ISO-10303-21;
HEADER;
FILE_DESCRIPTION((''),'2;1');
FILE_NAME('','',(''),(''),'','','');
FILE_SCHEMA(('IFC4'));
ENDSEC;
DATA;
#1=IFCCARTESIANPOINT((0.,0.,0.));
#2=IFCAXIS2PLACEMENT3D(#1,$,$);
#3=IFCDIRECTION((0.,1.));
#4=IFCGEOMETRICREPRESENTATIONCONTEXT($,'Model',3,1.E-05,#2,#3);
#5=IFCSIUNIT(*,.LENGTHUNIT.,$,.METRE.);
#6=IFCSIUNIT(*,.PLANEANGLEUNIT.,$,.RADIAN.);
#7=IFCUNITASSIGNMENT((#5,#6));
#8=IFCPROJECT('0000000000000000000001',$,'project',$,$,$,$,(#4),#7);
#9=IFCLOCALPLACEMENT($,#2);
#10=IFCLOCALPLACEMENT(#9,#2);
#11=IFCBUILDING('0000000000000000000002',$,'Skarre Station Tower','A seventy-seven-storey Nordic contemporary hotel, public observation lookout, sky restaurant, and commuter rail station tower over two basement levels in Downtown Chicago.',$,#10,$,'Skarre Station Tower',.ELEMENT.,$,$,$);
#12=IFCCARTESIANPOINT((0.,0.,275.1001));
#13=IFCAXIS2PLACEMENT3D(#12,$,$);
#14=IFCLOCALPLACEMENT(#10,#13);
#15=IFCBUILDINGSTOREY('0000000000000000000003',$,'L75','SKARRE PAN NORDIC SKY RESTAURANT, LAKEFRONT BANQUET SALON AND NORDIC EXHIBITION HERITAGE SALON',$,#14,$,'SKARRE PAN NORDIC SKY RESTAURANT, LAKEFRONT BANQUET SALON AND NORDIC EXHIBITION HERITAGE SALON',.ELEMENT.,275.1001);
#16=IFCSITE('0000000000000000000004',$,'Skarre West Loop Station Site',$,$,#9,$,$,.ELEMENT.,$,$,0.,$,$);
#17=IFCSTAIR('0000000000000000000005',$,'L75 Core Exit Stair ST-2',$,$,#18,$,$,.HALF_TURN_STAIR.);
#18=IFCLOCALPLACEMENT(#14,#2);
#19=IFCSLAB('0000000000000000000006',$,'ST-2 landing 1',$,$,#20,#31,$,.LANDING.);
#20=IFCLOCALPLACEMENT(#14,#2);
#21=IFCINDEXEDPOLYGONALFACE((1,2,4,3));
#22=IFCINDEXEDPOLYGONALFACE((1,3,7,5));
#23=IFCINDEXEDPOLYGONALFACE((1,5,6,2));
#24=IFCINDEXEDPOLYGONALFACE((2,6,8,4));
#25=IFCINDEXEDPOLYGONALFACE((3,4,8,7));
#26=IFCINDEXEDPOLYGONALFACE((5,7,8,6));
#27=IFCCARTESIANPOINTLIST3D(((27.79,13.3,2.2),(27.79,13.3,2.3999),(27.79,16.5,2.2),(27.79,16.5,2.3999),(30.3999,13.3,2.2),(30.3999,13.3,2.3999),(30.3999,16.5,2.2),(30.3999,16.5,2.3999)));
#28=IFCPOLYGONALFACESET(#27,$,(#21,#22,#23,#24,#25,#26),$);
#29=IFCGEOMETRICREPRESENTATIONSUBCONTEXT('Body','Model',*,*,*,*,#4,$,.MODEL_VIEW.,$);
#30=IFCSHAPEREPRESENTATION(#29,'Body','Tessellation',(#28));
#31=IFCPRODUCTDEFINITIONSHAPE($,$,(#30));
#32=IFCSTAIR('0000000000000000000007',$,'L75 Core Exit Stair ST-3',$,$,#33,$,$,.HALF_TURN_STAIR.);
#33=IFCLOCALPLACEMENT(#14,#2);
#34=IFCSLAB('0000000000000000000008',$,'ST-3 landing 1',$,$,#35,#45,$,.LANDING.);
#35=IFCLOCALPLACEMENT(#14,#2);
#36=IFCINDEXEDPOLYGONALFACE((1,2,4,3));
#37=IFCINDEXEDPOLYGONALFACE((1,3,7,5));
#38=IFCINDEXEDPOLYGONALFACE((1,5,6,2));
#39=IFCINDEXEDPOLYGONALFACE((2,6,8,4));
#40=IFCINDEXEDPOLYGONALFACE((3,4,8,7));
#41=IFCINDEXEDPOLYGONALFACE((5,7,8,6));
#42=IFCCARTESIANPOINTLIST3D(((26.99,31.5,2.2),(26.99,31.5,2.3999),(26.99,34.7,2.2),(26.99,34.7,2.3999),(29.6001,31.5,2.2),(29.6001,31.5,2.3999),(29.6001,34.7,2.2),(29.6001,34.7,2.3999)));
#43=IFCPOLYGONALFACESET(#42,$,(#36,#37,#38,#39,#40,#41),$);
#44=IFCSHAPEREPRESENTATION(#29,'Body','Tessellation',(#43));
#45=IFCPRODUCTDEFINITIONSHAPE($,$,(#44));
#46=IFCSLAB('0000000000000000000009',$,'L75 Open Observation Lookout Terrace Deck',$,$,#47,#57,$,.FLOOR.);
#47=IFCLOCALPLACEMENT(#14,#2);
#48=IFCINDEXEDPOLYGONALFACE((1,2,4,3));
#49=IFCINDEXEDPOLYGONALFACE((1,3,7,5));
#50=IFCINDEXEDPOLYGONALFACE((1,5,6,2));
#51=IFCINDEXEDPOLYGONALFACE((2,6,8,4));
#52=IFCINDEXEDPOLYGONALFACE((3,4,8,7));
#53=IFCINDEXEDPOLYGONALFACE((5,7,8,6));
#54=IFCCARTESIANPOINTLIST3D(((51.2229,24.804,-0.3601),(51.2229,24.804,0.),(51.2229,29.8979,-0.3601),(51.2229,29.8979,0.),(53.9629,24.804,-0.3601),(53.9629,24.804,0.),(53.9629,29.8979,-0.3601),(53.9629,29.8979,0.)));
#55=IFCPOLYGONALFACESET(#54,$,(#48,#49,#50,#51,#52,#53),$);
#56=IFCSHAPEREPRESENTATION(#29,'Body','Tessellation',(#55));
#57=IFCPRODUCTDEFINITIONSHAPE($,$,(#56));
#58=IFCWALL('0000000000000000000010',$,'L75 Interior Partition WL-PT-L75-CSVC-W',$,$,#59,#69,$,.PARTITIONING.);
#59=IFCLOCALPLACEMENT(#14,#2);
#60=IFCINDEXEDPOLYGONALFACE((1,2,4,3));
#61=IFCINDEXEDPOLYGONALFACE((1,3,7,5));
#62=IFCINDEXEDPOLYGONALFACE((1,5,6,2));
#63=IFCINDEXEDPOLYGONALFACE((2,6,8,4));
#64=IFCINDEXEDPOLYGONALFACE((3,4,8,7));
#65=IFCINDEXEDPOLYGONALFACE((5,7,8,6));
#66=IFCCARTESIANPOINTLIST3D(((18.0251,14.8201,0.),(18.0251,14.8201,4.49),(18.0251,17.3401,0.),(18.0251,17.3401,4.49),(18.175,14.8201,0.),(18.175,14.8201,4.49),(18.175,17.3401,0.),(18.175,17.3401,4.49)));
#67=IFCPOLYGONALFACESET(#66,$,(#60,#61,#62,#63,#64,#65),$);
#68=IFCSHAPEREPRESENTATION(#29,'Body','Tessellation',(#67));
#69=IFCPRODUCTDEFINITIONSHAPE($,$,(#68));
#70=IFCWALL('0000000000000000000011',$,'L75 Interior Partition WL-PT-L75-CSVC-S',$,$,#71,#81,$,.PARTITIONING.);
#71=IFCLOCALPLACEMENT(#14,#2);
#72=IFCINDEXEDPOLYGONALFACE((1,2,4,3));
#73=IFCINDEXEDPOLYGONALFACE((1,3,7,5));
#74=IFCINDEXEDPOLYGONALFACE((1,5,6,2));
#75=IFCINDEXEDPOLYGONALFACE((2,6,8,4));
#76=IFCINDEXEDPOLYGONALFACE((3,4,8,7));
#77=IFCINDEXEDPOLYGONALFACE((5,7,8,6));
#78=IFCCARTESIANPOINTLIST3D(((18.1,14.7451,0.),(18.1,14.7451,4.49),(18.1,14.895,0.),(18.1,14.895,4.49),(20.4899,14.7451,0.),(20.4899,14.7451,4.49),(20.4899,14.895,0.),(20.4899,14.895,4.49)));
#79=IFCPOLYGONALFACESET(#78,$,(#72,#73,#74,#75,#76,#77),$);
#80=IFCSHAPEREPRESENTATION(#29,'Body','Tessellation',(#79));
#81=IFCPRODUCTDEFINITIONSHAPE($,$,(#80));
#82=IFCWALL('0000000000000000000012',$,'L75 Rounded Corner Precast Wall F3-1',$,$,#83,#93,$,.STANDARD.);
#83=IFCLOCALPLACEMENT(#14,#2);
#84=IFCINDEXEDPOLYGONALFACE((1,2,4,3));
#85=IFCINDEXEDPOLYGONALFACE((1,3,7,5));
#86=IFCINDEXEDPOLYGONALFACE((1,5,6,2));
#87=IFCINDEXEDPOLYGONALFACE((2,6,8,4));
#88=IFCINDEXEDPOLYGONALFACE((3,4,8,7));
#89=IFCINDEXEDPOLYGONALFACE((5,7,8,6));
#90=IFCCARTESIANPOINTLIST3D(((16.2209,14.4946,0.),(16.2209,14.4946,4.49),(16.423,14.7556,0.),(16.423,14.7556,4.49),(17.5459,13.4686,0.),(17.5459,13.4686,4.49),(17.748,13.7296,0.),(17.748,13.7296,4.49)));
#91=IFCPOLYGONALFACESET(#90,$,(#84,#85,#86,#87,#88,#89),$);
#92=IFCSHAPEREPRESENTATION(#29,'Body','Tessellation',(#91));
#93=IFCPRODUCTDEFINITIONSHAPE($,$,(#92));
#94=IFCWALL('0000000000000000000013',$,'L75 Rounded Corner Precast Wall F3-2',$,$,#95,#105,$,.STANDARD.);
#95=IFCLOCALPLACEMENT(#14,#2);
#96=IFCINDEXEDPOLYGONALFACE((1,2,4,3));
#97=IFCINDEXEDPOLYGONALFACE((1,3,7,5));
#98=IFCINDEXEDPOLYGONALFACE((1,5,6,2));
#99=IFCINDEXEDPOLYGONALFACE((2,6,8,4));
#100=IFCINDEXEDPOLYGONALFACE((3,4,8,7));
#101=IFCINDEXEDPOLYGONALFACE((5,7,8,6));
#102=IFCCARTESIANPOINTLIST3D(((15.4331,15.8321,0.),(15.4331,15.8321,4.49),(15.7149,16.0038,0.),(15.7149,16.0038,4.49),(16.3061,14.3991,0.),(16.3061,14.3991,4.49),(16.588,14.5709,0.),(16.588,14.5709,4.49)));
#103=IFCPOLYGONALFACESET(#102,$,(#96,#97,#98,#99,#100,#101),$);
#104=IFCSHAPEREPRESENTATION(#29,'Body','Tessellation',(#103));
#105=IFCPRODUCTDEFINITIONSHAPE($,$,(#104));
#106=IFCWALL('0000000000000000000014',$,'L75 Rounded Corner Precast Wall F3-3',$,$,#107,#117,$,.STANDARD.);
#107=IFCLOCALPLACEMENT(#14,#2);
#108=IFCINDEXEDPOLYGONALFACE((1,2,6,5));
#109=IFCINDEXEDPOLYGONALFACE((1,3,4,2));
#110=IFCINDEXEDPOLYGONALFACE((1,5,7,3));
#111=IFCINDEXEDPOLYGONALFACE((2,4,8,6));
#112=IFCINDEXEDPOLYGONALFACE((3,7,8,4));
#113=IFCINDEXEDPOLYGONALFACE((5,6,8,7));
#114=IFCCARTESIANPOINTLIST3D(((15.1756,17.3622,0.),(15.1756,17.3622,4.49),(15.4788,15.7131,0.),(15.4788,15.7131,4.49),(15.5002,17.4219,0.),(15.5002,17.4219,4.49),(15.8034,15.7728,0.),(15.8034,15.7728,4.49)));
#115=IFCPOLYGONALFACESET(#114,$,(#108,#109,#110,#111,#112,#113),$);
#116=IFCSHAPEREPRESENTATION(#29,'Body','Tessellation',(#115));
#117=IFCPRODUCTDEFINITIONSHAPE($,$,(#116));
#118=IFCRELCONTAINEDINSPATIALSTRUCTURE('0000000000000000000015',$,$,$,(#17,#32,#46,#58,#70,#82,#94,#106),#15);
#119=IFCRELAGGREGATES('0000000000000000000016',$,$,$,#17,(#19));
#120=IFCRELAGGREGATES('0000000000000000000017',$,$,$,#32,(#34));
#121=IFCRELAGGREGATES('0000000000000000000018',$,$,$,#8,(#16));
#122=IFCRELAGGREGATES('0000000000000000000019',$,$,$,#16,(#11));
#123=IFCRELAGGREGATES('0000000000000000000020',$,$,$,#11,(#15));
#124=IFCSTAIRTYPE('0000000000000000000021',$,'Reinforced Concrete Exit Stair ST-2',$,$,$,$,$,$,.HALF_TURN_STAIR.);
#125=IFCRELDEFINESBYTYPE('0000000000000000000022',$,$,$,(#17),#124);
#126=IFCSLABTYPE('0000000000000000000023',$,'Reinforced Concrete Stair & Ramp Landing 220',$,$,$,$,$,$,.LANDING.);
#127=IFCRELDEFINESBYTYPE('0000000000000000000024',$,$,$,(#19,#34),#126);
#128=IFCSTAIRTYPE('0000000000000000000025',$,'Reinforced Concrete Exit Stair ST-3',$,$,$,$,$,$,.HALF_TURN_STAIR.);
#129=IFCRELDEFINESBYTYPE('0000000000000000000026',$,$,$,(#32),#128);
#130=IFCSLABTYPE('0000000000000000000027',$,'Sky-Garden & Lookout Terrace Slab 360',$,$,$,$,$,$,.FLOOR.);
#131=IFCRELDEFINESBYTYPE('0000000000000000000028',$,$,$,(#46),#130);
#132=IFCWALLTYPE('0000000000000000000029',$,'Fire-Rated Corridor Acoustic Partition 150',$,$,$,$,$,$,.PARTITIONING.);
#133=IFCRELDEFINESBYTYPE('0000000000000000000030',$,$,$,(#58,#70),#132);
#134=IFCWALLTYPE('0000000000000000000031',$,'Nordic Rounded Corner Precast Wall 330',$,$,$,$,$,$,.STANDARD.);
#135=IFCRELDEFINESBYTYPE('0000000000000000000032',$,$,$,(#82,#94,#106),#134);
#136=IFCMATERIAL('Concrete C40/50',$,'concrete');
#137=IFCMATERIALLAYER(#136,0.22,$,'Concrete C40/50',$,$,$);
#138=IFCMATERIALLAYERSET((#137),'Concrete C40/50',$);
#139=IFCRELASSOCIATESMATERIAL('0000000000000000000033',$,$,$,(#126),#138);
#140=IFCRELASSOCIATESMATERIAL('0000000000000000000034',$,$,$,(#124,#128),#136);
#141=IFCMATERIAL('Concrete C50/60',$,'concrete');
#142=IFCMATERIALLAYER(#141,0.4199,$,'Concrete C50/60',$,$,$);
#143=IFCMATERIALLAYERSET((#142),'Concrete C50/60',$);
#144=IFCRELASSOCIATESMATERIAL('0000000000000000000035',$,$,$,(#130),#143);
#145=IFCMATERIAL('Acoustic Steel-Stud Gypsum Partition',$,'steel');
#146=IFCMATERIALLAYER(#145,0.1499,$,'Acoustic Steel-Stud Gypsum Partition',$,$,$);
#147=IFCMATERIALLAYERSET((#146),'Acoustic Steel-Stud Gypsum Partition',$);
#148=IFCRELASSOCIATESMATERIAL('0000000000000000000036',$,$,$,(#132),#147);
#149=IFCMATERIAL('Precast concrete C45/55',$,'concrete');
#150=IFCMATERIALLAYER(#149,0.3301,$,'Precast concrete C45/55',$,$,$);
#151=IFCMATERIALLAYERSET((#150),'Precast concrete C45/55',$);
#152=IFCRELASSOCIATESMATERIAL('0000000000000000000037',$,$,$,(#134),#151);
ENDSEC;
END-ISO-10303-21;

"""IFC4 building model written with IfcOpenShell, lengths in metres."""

from ifc_helpers import new_model, si_unit, direction, frame, frame_2d, origin, place, context, subcontext, project, spatial, polyline, rectangle, outline, extrude, material, layer, layer_set, type_object, element, aggregate, save


model = new_model("IFC4")

# Units and contexts
model_context = context("Model", 3, precision=1e-05, world=origin(), true_north=direction((0.0, 1.0)))
body_context = subcontext(model_context, "Body", "Model", "MODEL_VIEW")
ifc_project = project(units=[si_unit("LENGTHUNIT", "METRE"), si_unit("PLANEANGLEUNIT", "RADIAN")], contexts=[model_context])

# Site, building, storey
site_placement = place(None, origin())
site = spatial("IfcSite", under=ifc_project, at=site_placement, Name="Skarre West Loop Station Site", CompositionType="ELEMENT", RefElevation=0.0)
building_placement = place(site_placement, origin())
building = spatial("IfcBuilding", under=site, at=building_placement, Name="Skarre Station Tower", Description="A seventy-seven-storey Nordic contemporary hotel, public observation lookout, sky restaurant, and commuter rail station tower over two basement levels in Downtown Chicago.", LongName="Skarre Station Tower", CompositionType="ELEMENT")
storey_placement = place(building_placement, frame((0.0, 0.0, 275.1001)))
storey = spatial("IfcBuildingStorey", under=building, at=storey_placement, Name="L75", Description="SKARRE PAN NORDIC SKY RESTAURANT, LAKEFRONT BANQUET SALON AND NORDIC EXHIBITION HERITAGE SALON", LongName="SKARRE PAN NORDIC SKY RESTAURANT, LAKEFRONT BANQUET SALON AND NORDIC EXHIBITION HERITAGE SALON", CompositionType="ELEMENT", Elevation=275.1001)

# Shared definitions
ifc_material_1 = material(Name="Concrete C50/60", Category="concrete")

# Stairs, slabs
ifc_material_2 = material(Name="Concrete C40/50", Category="concrete")
ifc_layer_1 = layer(ifc_material_2, 0.22, Name="Concrete C40/50")
ifc_layer_set_1 = layer_set([ifc_layer_1], Name="Concrete C40/50")
slab_type_1 = type_object("IfcSlabType", Name="Reinforced Concrete Stair & Ramp Landing 220", PredefinedType="LANDING", material=ifc_layer_set_1)
stair_type_1 = type_object("IfcStairType", Name="Reinforced Concrete Exit Stair ST-2", PredefinedType="HALF_TURN_STAIR", material=ifc_material_2)
stair_1_placement = place(storey_placement, origin())
stair_1 = element("IfcStair", 1, at=stair_1_placement, inside=storey, type_object=stair_type_1, Name="L75 Core Exit Stair ST-2", PredefinedType="HALF_TURN_STAIR")
slab_1_placement = place(storey_placement, frame((0.0, 0.0, 2.2)))
slab_1 = element("IfcSlab", 2, at=slab_1_placement, type_object=slab_type_1, Name="ST-2 landing 1", PredefinedType="LANDING", context=body_context, shape_type="SweptSolid", body=[
    extrude(outline(polyline([(27.79, 13.3), (30.3999, 13.3), (30.3999, 16.5), (27.79, 16.5), (27.79, 13.3)])), origin(), (0.0, 0.0, 1.0), 0.2),
])
aggregate(stair_1, [slab_1])
stair_type_2 = type_object("IfcStairType", Name="Reinforced Concrete Exit Stair ST-3", PredefinedType="HALF_TURN_STAIR", material=ifc_material_2)
stair_2_placement = place(storey_placement, origin())
stair_2 = element("IfcStair", 3, at=stair_2_placement, inside=storey, type_object=stair_type_2, Name="L75 Core Exit Stair ST-3", PredefinedType="HALF_TURN_STAIR")
slab_2_placement = place(storey_placement, frame((0.0, 0.0, 2.2)))
slab_2 = element("IfcSlab", 4, at=slab_2_placement, type_object=slab_type_1, Name="ST-3 landing 1", PredefinedType="LANDING", context=body_context, shape_type="SweptSolid", body=[
    extrude(outline(polyline([(26.99, 31.5), (29.6001, 31.5), (29.6001, 34.7), (26.99, 34.7), (26.99, 31.5)])), origin(), (0.0, 0.0, 1.0), 0.2),
])
aggregate(stair_2, [slab_2])

# Slab
ifc_layer_2 = layer(ifc_material_1, 0.4199, Name="Concrete C50/60")
ifc_layer_set_2 = layer_set([ifc_layer_2], Name="Concrete C50/60")
slab_type_2 = type_object("IfcSlabType", Name="Sky-Garden & Lookout Terrace Slab 360", PredefinedType="FLOOR", material=ifc_layer_set_2)
slab_3_placement = place(storey_placement, frame((0.0, 0.0, -0.3601)))
element("IfcSlab", 5, at=slab_3_placement, inside=storey, type_object=slab_type_2, Name="L75 Open Observation Lookout Terrace Deck", PredefinedType="FLOOR", context=body_context, shape_type="SweptSolid", body=[
    extrude(outline(polyline([(51.2229, 29.8979), (51.2229, 24.804), (53.9629, 24.804), (53.9629, 29.8979), (51.2229, 29.8979)])), origin(), (0.0, 0.0, 1.0), 0.3601),
])

# Walls
ifc_material_3 = material(Name="Acoustic Steel-Stud Gypsum Partition", Category="steel")
ifc_layer_3 = layer(ifc_material_3, 0.1499, Name="Acoustic Steel-Stud Gypsum Partition")
ifc_layer_set_3 = layer_set([ifc_layer_3], Name="Acoustic Steel-Stud Gypsum Partition")
wall_type_1 = type_object("IfcWallType", Name="Fire-Rated Corridor Acoustic Partition 150", PredefinedType="PARTITIONING", material=ifc_layer_set_3)
wall_1_placement = place(storey_placement, frame((18.1001, 17.3401, 0.0), z_axis=(0.0, 0.0, 1.0), x_axis=(0.0, -1.0, 0.0)))
element("IfcWall", 6, at=wall_1_placement, inside=storey, type_object=wall_type_1, Name="L75 Interior Partition WL-PT-L75-CSVC-W", PredefinedType="PARTITIONING", context=body_context, shape_type="SweptSolid", body=[
    extrude(rectangle(XDim=2.52, YDim=0.1499, at=frame_2d((1.26, 0.0))), origin(), (0.0, 0.0, 1.0), 4.49),
])
wall_2_placement = place(storey_placement, frame((18.1001, 14.8201, 0.0), z_axis=(0.0, 0.0, 1.0), x_axis=(1.0, 0.0, 0.0)))
element("IfcWall", 7, at=wall_2_placement, inside=storey, type_object=wall_type_1, Name="L75 Interior Partition WL-PT-L75-CSVC-S", PredefinedType="PARTITIONING", context=body_context, shape_type="SweptSolid", body=[
    extrude(rectangle(XDim=2.3899, YDim=0.1499, at=frame_2d((1.1948, 0.0))), origin(), (0.0, 0.0, 1.0), 4.49),
])
ifc_material_4 = material(Name="Precast concrete C45/55", Category="concrete")
ifc_layer_4 = layer(ifc_material_4, 0.3301, Name="Precast concrete C45/55")
ifc_layer_set_4 = layer_set([ifc_layer_4], Name="Precast concrete C45/55")
wall_type_2 = type_object("IfcWallType", Name="Nordic Rounded Corner Precast Wall 330", PredefinedType="STANDARD", material=ifc_layer_set_4)
wall_3_placement = place(storey_placement, frame((17.647, 13.5991, 0.0), z_axis=(0.0, 0.0, 1.0), x_axis=(-0.790692, 0.612214, 0.0)))
element("IfcWall", 8, at=wall_3_placement, inside=storey, type_object=wall_type_2, Name="L75 Rounded Corner Precast Wall F3-1", PredefinedType="STANDARD", context=body_context, shape_type="SweptSolid", body=[
    extrude(rectangle(XDim=1.6758, YDim=0.3301, at=frame_2d((0.8379, 0.0))), origin(), (0.0, 0.0, 1.0), 4.49),
])
wall_4_placement = place(storey_placement, frame((16.447, 14.4851, 0.0), z_axis=(0.0, 0.0, 1.0), x_axis=(-0.520325, 0.853968, 0.0)))
element("IfcWall", 9, at=wall_4_placement, inside=storey, type_object=wall_type_2, Name="L75 Rounded Corner Precast Wall F3-2", PredefinedType="STANDARD", context=body_context, shape_type="SweptSolid", body=[
    extrude(rectangle(XDim=1.678, YDim=0.3301, at=frame_2d((0.8389, 0.0))), origin(), (0.0, 0.0, 1.0), 4.49),
])
wall_5_placement = place(storey_placement, frame((15.6411, 15.7429, 0.0), z_axis=(0.0, 0.0, 1.0), x_axis=(-0.180833, 0.983514, 0.0)))
element("IfcWall", 10, at=wall_5_placement, inside=storey, type_object=wall_type_2, Name="L75 Rounded Corner Precast Wall F3-3", PredefinedType="STANDARD", context=body_context, shape_type="SweptSolid", body=[
    extrude(rectangle(XDim=1.6768, YDim=0.3301, at=frame_2d((0.8384, 0.0))), origin(), (0.0, 0.0, 1.0), 4.49),
])

save(model, "model.ifc")
